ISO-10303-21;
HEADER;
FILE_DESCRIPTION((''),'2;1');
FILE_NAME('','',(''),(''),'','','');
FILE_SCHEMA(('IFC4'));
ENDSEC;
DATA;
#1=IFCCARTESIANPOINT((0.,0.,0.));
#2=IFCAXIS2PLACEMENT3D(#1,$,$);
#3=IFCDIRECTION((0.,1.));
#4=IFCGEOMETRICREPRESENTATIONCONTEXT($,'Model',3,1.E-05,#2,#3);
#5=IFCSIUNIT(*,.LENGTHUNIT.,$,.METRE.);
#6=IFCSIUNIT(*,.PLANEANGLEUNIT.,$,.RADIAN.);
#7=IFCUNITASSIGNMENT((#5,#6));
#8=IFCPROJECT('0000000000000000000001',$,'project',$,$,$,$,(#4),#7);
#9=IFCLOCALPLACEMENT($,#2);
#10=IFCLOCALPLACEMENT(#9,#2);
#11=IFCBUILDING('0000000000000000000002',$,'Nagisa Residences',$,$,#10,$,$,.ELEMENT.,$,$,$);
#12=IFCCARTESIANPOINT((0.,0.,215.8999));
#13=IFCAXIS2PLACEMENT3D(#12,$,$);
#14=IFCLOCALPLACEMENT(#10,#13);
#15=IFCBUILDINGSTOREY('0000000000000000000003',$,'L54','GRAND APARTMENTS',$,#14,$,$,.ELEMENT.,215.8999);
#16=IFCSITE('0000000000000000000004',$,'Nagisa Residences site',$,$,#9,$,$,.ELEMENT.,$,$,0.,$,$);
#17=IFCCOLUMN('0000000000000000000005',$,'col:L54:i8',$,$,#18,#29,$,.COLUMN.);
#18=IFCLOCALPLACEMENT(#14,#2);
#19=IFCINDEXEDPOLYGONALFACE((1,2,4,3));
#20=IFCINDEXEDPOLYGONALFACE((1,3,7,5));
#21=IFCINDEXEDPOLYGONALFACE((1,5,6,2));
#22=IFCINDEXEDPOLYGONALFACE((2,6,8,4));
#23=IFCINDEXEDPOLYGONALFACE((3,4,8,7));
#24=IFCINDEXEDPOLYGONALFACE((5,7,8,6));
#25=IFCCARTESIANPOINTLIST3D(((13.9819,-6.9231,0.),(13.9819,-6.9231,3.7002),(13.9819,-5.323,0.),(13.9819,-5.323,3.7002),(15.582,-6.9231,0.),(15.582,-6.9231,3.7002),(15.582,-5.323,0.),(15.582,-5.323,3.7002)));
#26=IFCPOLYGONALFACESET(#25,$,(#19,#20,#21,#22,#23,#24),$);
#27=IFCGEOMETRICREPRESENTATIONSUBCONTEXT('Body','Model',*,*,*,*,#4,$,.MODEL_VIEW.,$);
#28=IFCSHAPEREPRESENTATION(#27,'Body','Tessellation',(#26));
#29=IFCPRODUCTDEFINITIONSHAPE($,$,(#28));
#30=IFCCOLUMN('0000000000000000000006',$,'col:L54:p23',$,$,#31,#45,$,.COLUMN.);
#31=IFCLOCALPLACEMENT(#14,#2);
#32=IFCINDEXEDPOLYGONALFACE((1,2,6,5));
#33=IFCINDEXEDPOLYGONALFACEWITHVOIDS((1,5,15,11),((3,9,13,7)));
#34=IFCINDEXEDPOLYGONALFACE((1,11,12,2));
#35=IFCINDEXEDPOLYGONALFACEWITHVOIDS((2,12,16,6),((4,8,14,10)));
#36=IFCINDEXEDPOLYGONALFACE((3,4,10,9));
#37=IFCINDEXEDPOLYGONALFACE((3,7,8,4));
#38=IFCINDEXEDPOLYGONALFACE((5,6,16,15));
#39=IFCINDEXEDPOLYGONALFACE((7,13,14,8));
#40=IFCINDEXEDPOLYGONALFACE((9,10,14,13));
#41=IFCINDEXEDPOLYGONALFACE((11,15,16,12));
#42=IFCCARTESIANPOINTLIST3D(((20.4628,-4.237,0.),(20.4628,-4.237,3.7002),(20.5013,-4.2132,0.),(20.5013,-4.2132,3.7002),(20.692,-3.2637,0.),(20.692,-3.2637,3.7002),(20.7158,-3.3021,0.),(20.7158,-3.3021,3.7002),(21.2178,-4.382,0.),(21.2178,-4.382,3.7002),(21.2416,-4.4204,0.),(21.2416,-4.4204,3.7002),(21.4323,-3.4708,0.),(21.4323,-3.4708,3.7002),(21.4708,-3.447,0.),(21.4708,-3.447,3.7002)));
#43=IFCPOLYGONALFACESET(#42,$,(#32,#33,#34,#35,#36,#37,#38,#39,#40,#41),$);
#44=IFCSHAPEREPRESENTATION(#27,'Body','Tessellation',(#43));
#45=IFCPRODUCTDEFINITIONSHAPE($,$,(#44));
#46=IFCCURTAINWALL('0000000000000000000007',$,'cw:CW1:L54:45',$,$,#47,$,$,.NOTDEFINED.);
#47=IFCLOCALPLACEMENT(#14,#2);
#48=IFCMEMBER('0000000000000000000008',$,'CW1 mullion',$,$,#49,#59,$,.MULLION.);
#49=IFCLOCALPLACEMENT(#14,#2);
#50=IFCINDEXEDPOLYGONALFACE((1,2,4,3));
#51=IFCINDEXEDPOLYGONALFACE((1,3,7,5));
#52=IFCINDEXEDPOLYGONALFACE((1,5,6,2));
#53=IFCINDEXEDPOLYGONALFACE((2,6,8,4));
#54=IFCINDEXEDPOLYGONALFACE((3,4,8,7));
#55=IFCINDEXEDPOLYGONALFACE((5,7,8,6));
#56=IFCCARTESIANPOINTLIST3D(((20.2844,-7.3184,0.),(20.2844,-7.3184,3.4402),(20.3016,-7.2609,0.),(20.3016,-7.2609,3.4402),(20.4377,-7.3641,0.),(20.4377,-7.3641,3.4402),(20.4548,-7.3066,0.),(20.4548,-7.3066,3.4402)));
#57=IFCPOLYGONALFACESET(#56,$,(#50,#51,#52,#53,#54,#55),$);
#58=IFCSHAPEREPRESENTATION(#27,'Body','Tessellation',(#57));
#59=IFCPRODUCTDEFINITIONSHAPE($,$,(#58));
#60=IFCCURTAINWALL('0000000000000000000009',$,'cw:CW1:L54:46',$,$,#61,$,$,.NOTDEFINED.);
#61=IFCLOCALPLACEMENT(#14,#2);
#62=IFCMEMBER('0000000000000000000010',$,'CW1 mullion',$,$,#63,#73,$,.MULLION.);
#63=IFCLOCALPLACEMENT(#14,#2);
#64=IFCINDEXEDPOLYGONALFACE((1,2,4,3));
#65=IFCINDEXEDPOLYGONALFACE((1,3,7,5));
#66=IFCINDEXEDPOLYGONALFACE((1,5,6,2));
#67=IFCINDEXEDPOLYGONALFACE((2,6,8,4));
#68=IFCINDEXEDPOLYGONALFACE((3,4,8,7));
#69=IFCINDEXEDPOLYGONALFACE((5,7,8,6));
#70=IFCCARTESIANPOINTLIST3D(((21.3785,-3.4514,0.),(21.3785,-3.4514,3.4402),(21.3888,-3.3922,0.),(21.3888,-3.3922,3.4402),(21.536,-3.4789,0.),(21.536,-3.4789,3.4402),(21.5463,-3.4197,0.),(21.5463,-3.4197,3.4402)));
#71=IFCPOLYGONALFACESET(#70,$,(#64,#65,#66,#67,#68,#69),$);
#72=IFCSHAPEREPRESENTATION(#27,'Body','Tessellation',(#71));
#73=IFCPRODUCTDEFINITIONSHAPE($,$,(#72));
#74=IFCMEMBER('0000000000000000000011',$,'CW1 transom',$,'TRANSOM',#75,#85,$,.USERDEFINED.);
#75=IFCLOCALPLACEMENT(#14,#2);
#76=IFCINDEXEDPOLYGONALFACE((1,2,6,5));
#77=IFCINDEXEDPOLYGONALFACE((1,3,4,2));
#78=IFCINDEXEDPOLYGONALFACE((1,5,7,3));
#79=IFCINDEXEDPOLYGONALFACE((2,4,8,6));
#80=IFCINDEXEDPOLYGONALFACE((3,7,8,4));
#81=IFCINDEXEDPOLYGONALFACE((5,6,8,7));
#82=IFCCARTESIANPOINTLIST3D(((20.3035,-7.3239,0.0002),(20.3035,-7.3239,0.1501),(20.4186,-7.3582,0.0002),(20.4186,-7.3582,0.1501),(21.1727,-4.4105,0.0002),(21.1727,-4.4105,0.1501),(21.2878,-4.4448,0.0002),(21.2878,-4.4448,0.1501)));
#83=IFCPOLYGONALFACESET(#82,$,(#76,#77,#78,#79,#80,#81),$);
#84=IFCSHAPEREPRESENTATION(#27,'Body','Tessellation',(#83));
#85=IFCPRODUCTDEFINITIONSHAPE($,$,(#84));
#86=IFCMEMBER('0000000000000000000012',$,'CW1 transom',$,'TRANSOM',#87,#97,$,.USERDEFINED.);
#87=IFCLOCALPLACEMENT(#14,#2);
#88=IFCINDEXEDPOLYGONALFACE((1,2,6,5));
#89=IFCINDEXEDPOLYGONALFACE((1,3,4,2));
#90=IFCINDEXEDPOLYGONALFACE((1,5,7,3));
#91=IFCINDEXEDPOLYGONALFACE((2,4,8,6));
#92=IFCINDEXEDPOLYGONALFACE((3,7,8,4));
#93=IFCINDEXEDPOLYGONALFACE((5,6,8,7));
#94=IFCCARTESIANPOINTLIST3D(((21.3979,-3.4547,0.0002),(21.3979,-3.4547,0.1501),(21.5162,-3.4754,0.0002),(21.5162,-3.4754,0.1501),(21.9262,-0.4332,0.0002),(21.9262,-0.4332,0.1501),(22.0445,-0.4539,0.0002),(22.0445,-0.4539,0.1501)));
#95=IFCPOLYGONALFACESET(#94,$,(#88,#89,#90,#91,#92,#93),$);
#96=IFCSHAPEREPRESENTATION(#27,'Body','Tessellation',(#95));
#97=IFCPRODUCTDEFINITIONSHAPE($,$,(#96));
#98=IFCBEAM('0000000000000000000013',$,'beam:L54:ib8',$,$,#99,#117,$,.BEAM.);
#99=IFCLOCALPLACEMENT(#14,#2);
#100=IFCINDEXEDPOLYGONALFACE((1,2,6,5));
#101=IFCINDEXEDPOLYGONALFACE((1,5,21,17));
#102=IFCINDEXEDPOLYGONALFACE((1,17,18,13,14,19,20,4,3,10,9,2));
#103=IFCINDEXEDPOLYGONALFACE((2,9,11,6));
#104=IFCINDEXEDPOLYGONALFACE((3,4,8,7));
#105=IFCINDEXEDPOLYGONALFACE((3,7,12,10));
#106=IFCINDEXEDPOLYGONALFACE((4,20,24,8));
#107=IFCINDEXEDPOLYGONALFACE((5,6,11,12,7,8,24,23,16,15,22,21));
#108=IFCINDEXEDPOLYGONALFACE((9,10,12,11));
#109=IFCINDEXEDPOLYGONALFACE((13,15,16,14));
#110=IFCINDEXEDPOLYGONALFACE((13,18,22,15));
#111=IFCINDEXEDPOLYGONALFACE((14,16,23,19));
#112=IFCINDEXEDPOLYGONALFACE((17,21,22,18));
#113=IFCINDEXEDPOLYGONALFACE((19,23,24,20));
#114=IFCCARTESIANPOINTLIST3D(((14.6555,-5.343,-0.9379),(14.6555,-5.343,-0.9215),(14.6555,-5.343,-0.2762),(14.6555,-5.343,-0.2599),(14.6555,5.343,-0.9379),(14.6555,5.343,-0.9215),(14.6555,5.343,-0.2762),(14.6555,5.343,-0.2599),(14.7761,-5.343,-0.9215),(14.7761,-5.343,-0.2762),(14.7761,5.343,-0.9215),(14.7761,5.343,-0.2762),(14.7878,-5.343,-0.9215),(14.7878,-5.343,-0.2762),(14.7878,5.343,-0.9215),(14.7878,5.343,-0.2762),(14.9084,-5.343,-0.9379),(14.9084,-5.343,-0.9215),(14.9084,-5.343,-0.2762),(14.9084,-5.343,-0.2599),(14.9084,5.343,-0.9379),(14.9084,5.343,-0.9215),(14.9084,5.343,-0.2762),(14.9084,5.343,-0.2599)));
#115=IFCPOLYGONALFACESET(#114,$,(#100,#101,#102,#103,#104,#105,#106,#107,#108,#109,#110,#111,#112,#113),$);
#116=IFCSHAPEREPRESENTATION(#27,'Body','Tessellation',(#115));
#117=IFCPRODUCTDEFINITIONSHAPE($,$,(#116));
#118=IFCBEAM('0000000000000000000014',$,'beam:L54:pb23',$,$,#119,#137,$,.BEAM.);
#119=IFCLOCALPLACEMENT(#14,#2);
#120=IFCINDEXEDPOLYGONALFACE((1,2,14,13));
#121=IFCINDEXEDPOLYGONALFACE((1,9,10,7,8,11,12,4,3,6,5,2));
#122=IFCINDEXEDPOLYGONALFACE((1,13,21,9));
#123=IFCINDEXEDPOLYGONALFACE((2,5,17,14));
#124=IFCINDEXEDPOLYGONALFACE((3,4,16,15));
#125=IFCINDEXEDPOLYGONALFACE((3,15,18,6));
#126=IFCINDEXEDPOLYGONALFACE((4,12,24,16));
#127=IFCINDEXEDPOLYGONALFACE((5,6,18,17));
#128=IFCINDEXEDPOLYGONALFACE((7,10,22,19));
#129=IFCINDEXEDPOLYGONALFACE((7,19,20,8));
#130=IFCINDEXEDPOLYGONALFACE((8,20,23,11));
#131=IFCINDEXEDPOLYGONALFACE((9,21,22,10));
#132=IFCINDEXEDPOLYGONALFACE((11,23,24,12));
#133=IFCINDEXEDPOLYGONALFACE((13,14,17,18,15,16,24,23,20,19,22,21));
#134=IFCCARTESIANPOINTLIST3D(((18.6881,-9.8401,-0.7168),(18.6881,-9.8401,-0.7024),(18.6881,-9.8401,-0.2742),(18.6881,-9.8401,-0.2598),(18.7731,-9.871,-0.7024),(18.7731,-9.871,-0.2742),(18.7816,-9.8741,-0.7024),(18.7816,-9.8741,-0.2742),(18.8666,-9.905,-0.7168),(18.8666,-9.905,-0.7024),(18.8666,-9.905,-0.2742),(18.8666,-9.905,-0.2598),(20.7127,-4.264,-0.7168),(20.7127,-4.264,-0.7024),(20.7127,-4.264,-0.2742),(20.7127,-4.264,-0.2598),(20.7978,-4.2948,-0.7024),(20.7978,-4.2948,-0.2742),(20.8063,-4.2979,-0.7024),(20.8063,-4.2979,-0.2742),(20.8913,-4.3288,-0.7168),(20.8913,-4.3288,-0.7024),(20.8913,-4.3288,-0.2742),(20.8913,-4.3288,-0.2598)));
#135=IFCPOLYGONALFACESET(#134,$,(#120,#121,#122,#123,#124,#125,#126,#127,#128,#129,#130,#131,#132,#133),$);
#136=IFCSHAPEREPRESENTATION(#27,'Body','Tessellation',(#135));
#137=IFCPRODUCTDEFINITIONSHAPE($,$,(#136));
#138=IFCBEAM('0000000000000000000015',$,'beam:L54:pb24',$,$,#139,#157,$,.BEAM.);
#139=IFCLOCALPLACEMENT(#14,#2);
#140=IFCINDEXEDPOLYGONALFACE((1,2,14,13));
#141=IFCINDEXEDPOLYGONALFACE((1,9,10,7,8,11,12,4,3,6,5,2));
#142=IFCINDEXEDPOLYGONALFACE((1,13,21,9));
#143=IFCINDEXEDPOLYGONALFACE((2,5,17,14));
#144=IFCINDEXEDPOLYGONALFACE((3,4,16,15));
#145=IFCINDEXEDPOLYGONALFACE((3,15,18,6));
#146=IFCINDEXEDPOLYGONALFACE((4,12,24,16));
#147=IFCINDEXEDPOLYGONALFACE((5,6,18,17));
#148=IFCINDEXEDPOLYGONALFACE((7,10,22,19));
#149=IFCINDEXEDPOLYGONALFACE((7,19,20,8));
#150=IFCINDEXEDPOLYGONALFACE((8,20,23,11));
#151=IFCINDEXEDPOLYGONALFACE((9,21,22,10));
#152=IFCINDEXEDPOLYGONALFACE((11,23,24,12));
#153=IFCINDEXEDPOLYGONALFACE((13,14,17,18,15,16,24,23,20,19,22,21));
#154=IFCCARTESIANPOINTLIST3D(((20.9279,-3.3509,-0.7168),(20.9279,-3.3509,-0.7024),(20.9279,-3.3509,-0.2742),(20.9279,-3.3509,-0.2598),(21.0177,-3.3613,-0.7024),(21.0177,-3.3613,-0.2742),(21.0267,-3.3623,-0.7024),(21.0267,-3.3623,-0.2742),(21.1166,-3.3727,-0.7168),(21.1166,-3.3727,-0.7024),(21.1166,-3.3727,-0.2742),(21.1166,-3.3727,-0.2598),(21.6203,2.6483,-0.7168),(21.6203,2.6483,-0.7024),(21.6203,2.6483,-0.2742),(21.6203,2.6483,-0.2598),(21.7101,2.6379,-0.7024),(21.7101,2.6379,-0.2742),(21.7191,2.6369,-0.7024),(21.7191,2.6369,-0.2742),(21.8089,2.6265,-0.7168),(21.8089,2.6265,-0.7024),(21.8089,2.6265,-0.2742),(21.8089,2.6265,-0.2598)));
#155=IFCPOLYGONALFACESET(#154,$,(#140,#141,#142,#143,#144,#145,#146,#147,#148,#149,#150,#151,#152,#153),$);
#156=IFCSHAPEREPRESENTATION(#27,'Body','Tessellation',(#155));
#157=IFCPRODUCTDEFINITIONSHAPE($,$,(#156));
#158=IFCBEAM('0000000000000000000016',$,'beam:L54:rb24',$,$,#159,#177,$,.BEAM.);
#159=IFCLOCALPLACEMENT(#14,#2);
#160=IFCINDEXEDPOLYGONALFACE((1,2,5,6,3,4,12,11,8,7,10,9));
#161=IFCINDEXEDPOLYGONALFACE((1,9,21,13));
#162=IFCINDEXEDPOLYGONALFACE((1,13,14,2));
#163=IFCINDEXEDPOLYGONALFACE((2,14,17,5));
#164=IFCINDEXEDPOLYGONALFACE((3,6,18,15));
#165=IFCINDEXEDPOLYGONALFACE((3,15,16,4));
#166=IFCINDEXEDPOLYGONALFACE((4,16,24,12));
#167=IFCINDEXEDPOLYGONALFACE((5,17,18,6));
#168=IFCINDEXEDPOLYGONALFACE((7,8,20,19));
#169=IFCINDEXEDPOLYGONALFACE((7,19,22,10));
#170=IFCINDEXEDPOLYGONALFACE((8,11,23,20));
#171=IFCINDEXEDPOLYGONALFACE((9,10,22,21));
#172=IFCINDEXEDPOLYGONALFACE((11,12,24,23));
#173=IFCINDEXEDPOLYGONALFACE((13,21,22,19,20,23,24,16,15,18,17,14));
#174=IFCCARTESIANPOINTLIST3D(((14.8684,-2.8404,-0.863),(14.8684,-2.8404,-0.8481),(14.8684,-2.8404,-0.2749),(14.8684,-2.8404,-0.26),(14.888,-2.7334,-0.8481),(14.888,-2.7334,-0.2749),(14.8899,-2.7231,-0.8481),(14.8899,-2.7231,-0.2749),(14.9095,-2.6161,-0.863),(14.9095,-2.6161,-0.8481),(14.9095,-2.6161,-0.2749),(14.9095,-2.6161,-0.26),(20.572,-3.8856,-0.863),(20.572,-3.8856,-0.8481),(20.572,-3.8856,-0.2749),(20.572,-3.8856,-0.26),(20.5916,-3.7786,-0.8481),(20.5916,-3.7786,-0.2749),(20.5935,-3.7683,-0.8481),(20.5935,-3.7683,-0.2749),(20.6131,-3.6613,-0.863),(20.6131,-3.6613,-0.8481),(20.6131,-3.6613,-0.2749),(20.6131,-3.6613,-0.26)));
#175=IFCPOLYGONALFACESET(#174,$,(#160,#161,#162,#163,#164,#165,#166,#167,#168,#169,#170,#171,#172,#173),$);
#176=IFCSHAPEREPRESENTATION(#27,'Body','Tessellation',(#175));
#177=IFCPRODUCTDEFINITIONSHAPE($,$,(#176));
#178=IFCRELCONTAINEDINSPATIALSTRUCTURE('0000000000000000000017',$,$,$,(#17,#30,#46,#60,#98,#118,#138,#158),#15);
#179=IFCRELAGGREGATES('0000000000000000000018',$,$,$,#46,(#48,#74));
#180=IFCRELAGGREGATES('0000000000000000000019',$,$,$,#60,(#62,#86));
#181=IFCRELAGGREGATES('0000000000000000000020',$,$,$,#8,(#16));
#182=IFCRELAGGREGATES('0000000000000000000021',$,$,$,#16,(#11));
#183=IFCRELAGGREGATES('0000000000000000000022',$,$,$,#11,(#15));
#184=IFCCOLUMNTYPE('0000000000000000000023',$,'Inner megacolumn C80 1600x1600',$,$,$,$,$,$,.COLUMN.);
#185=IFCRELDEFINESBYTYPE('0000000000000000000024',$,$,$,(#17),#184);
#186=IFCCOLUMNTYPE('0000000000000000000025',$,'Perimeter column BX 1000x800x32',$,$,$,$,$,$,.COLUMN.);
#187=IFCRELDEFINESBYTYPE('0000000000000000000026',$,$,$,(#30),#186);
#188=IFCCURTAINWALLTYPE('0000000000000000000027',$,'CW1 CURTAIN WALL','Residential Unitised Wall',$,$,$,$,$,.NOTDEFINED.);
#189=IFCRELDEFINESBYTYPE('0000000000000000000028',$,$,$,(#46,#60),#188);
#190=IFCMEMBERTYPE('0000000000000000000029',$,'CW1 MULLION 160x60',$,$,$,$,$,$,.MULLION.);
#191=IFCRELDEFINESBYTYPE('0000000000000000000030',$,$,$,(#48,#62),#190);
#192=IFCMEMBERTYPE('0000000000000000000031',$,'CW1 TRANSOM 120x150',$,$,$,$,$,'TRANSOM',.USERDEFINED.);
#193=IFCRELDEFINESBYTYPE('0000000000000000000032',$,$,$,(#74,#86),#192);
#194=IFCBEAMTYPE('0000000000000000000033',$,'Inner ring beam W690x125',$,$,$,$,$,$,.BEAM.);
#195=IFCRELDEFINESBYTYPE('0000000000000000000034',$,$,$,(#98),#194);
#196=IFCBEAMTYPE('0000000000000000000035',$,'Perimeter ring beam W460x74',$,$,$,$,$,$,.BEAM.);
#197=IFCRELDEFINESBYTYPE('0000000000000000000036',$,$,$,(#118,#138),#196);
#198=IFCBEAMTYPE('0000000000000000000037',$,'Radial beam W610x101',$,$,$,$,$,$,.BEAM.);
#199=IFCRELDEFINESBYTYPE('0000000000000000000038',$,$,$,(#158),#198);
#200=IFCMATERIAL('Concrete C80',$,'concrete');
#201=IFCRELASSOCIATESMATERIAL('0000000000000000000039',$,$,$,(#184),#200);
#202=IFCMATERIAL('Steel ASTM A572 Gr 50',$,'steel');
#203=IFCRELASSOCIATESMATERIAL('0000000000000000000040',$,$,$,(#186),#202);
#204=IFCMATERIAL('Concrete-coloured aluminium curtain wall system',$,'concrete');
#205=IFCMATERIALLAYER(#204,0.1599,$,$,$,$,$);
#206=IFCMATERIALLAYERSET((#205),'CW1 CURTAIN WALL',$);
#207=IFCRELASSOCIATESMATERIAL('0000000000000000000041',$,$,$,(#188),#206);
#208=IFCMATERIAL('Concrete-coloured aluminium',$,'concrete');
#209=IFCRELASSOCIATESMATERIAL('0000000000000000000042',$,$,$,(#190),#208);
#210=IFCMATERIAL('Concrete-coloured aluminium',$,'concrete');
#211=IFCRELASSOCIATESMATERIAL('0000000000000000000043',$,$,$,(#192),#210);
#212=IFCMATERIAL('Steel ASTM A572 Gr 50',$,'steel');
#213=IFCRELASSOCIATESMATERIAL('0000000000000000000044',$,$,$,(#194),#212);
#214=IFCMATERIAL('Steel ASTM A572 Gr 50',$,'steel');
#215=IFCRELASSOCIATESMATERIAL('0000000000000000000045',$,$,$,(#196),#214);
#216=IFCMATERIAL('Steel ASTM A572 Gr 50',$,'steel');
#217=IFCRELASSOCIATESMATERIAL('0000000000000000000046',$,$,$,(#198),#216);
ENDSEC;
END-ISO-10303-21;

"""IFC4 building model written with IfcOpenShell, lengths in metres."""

from ifc_helpers import new_model, si_unit, direction, frame, origin, origin_2d, place, context, subcontext, project, spatial, rectangle, hollow_rectangle, i_section, extrude, material, layer, layer_set, material_profile, profile_set, type_object, element, aggregate, save


model = new_model("IFC4")

# Units and contexts
model_context = context("Model", 3, precision=1e-05, world=origin(), true_north=direction((0.0, 1.0)))
body_context = subcontext(model_context, "Body", "Model", "MODEL_VIEW")
ifc_project = project(units=[si_unit("LENGTHUNIT", "METRE"), si_unit("PLANEANGLEUNIT", "RADIAN")], contexts=[model_context])

# Site, building, storey
site_placement = place(None, origin())
site = spatial("IfcSite", under=ifc_project, at=site_placement, Name="Nagisa Residences site", CompositionType="ELEMENT", RefElevation=0.0)
building_placement = place(site_placement, origin())
building = spatial("IfcBuilding", under=site, at=building_placement, Name="Nagisa Residences", CompositionType="ELEMENT")
storey_placement = place(building_placement, frame((0.0, 0.0, 215.8999)))
storey = spatial("IfcBuildingStorey", under=building, at=storey_placement, Name="L54", Description="GRAND APARTMENTS", CompositionType="ELEMENT", Elevation=215.8999)

# Columns
ifc_material_1 = material(Name="Concrete C80", Category="concrete")
ifc_material_profile_1 = material_profile(ifc_material_1, rectangle(XDim=1.6001, YDim=1.6001, at=origin_2d()), Name="C80 1600x1600")
ifc_profile_set_1 = profile_set([ifc_material_profile_1], Name="Concrete C80")
column_type_1 = type_object("IfcColumnType", Name="Inner megacolumn C80 1600x1600", PredefinedType="COLUMN", material=ifc_profile_set_1)
column_1_placement = place(storey_placement, frame((14.782, -6.123, 0.0), z_axis=(0.0, 0.0, 1.0), x_axis=(1.0, 0.0, 0.0)))
element("IfcColumn", 1, at=column_1_placement, inside=storey, type_object=column_type_1, Name="col:L54:i8", PredefinedType="COLUMN", context=body_context, shape_type="SweptSolid", body=[
    extrude(rectangle(XDim=1.6001, YDim=1.6001, at=origin_2d()), origin(), (0.0, 0.0, 1.0), 3.7002),
])
ifc_material_2 = material(Name="Steel ASTM A572 Gr 50", Category="steel")
ifc_material_profile_2 = material_profile(ifc_material_2, hollow_rectangle(XDim=1.0, YDim=0.8, WallThickness=0.032, at=origin_2d()), Name="BX 1000x800x32")
ifc_profile_set_2 = profile_set([ifc_material_profile_2], Name="Steel ASTM A572 Gr 50")
column_type_2 = type_object("IfcColumnType", Name="Perimeter column BX 1000x800x32", PredefinedType="COLUMN", material=ifc_profile_set_2)
column_2_placement = place(storey_placement, frame((20.9668, -3.842, 0.0), z_axis=(0.0, 0.0, 1.0), x_axis=(0.229202, 0.973379, 0.0)))
element("IfcColumn", 2, at=column_2_placement, inside=storey, type_object=column_type_2, Name="col:L54:p23", PredefinedType="COLUMN", context=body_context, shape_type="SweptSolid", body=[
    extrude(hollow_rectangle(XDim=1.0, YDim=0.8, WallThickness=0.032, at=origin_2d()), origin(), (0.0, 0.0, 1.0), 3.7002),
])

# Curtain walls, members
ifc_material_3 = material(Name="Concrete-coloured aluminium curtain wall system", Category="concrete")
ifc_layer_1 = layer(ifc_material_3, 0.1599)
ifc_layer_set_1 = layer_set([ifc_layer_1], Name="CW1 CURTAIN WALL")
curtain_wall_type = type_object("IfcCurtainWallType", Name="CW1 CURTAIN WALL", Description="Residential Unitised Wall", PredefinedType="NOTDEFINED", material=ifc_layer_set_1)
curtain_wall_1_placement = place(storey_placement, origin())
curtain_wall_1 = element("IfcCurtainWall", 3, at=curtain_wall_1_placement, inside=storey, type_object=curtain_wall_type, Name="cw:CW1:L54:45", PredefinedType="NOTDEFINED")
ifc_material_4 = material(Name="Concrete-coloured aluminium", Category="concrete")
ifc_material_profile_3 = material_profile(ifc_material_4, rectangle(XDim=0.1599, YDim=0.0601, at=origin_2d()), Name="CW1 MULLION 160x60")
ifc_profile_set_3 = profile_set([ifc_material_profile_3], Name="Concrete-coloured aluminium")
member_type_1 = type_object("IfcMemberType", Name="CW1 MULLION 160x60", PredefinedType="MULLION", material=ifc_profile_set_3)
member_1_placement = place(storey_placement, frame((20.3696, -7.3125, 0.0), z_axis=(0.0, 0.0, 1.0), x_axis=(-0.958271, 0.28586, 0.0)))
member_1 = element("IfcMember", 4, at=member_1_placement, type_object=member_type_1, Name="CW1 mullion", PredefinedType="MULLION", context=body_context, shape_type="SweptSolid", body=[
    extrude(rectangle(XDim=0.1599, YDim=0.0601, at=origin_2d()), origin(), (0.0, 0.0, 1.0), 3.4402),
])
curtain_wall_2_placement = place(storey_placement, origin())
curtain_wall_2 = element("IfcCurtainWall", 5, at=curtain_wall_2_placement, inside=storey, type_object=curtain_wall_type, Name="cw:CW1:L54:46", PredefinedType="NOTDEFINED")
member_2_placement = place(storey_placement, frame((21.4624, -3.4355, 0.0), z_axis=(0.0, 0.0, 1.0), x_axis=(-0.985064, 0.172191, 0.0)))
member_2 = element("IfcMember", 6, at=member_2_placement, type_object=member_type_1, Name="CW1 mullion", PredefinedType="MULLION", context=body_context, shape_type="SweptSolid", body=[
    extrude(rectangle(XDim=0.1599, YDim=0.0601, at=origin_2d()), origin(), (0.0, 0.0, 1.0), 3.4402),
])

# Members
ifc_material_5 = material(Name="Concrete-coloured aluminium", Category="concrete")
ifc_material_profile_4 = material_profile(ifc_material_5, rectangle(XDim=0.1201, YDim=0.1499, at=origin_2d()), Name="CW1 TRANSOM 120x150")
ifc_profile_set_4 = profile_set([ifc_material_profile_4], Name="Concrete-coloured aluminium")
member_type_2 = type_object("IfcMemberType", Name="CW1 TRANSOM 120x150", ElementType="TRANSOM", PredefinedType="USERDEFINED", material=ifc_profile_set_4)
member_3_placement = place(storey_placement, frame((20.3611, -7.3411, 0.0752), z_axis=(0.285881, 0.958265, 0.0), x_axis=(-0.958265, 0.285881, 0.0)))
member_3 = element("IfcMember", 7, at=member_3_placement, type_object=member_type_2, Name="CW1 transom", ObjectType="TRANSOM", PredefinedType="USERDEFINED", context=body_context, shape_type="SweptSolid", body=[
    extrude(rectangle(XDim=0.1201, YDim=0.1499, at=origin_2d()), origin(), (0.0, 0.0, 1.0), 3.0403),
])
member_4_placement = place(storey_placement, frame((21.457, -3.4651, 0.0752), z_axis=(0.172241, 0.985055, 0.0), x_axis=(-0.985055, 0.172241, 0.0)))
member_4 = element("IfcMember", 8, at=member_4_placement, type_object=member_type_2, Name="CW1 transom", ObjectType="TRANSOM", PredefinedType="USERDEFINED", context=body_context, shape_type="SweptSolid", body=[
    extrude(rectangle(XDim=0.1201, YDim=0.1499, at=origin_2d()), origin(), (0.0, 0.0, 1.0), 3.0674),
])

# Beams
ifc_material_6 = material(Name="Steel ASTM A572 Gr 50", Category="steel")
ifc_material_profile_5 = material_profile(ifc_material_6, i_section(OverallWidth=0.2529, OverallDepth=0.678, WebThickness=0.0117, FlangeThickness=0.0164, at=origin_2d()), Name="W690x125")
ifc_profile_set_5 = profile_set([ifc_material_profile_5], Name="Steel ASTM A572 Gr 50")
beam_type_1 = type_object("IfcBeamType", Name="Inner ring beam W690x125", PredefinedType="BEAM", material=ifc_profile_set_5)
beam_1_placement = place(storey_placement, frame((14.782, -5.343, -0.5989), z_axis=(0.0, 1.0, 0.0), x_axis=(-1.0, 0.0, 0.0)))
element("IfcBeam", 9, at=beam_1_placement, inside=storey, type_object=beam_type_1, Name="beam:L54:ib8", PredefinedType="BEAM", context=body_context, shape_type="SweptSolid", body=[
    extrude(i_section(OverallWidth=0.2529, OverallDepth=0.678, WebThickness=0.0117, FlangeThickness=0.0164, at=origin_2d()), origin(), (0.0, 0.0, 1.0), 10.686),
])
ifc_material_7 = material(Name="Steel ASTM A572 Gr 50", Category="steel")
ifc_material_profile_6 = material_profile(ifc_material_7, i_section(OverallWidth=0.1899, OverallDepth=0.457, WebThickness=0.009, FlangeThickness=0.0144, at=origin_2d()), Name="W460x74")
ifc_profile_set_6 = profile_set([ifc_material_profile_6], Name="Steel ASTM A572 Gr 50")
beam_type_2 = type_object("IfcBeamType", Name="Perimeter ring beam W460x74", PredefinedType="BEAM", material=ifc_profile_set_6)
beam_2_placement = place(storey_placement, frame((18.7773, -9.8726, -0.4883), z_axis=(0.34129, 0.939958, 0.0), x_axis=(-0.939958, 0.34129, 0.0)))
element("IfcBeam", 10, at=beam_2_placement, inside=storey, type_object=beam_type_2, Name="beam:L54:pb23", PredefinedType="BEAM", context=body_context, shape_type="SweptSolid", body=[
    extrude(i_section(OverallWidth=0.1899, OverallDepth=0.457, WebThickness=0.009, FlangeThickness=0.0144, at=origin_2d()), origin(), (0.0, 0.0, 1.0), 5.9324),
])
beam_3_placement = place(storey_placement, frame((21.0222, -3.3618, -0.4883), z_axis=(0.11465, 0.993406, 0.0), x_axis=(-0.993406, 0.11465, 0.0)))
element("IfcBeam", 11, at=beam_3_placement, inside=storey, type_object=beam_type_2, Name="beam:L54:pb24", PredefinedType="BEAM", context=body_context, shape_type="SweptSolid", body=[
    extrude(i_section(OverallWidth=0.1899, OverallDepth=0.457, WebThickness=0.009, FlangeThickness=0.0144, at=origin_2d()), origin(), (0.0, 0.0, 1.0), 6.0391),
])
ifc_material_8 = material(Name="Steel ASTM A572 Gr 50", Category="steel")
ifc_material_profile_7 = material_profile(ifc_material_8, i_section(OverallWidth=0.228, OverallDepth=0.603, WebThickness=0.0105, FlangeThickness=0.0149, at=origin_2d()), Name="W610x101")
ifc_profile_set_7 = profile_set([ifc_material_profile_7], Name="Steel ASTM A572 Gr 50")
beam_type_3 = type_object("IfcBeamType", Name="Radial beam W610x101", PredefinedType="BEAM", material=ifc_profile_set_7)
beam_4_placement = place(storey_placement, frame((20.5925, -3.7734, -0.5615), z_axis=(-0.983622, 0.180245, 0.0), x_axis=(-0.180245, -0.983622, 0.0)))
element("IfcBeam", 12, at=beam_4_placement, inside=storey, type_object=beam_type_3, Name="beam:L54:rb24", PredefinedType="BEAM", context=body_context, shape_type="SweptSolid", body=[
    extrude(i_section(OverallWidth=0.228, OverallDepth=0.603, WebThickness=0.0105, FlangeThickness=0.0149, at=origin_2d()), origin(), (0.0, 0.0, 1.0), 5.7986),
])

aggregate(curtain_wall_1, [member_1, member_3])
aggregate(curtain_wall_2, [member_2, member_4])

save(model, "model.ifc")
